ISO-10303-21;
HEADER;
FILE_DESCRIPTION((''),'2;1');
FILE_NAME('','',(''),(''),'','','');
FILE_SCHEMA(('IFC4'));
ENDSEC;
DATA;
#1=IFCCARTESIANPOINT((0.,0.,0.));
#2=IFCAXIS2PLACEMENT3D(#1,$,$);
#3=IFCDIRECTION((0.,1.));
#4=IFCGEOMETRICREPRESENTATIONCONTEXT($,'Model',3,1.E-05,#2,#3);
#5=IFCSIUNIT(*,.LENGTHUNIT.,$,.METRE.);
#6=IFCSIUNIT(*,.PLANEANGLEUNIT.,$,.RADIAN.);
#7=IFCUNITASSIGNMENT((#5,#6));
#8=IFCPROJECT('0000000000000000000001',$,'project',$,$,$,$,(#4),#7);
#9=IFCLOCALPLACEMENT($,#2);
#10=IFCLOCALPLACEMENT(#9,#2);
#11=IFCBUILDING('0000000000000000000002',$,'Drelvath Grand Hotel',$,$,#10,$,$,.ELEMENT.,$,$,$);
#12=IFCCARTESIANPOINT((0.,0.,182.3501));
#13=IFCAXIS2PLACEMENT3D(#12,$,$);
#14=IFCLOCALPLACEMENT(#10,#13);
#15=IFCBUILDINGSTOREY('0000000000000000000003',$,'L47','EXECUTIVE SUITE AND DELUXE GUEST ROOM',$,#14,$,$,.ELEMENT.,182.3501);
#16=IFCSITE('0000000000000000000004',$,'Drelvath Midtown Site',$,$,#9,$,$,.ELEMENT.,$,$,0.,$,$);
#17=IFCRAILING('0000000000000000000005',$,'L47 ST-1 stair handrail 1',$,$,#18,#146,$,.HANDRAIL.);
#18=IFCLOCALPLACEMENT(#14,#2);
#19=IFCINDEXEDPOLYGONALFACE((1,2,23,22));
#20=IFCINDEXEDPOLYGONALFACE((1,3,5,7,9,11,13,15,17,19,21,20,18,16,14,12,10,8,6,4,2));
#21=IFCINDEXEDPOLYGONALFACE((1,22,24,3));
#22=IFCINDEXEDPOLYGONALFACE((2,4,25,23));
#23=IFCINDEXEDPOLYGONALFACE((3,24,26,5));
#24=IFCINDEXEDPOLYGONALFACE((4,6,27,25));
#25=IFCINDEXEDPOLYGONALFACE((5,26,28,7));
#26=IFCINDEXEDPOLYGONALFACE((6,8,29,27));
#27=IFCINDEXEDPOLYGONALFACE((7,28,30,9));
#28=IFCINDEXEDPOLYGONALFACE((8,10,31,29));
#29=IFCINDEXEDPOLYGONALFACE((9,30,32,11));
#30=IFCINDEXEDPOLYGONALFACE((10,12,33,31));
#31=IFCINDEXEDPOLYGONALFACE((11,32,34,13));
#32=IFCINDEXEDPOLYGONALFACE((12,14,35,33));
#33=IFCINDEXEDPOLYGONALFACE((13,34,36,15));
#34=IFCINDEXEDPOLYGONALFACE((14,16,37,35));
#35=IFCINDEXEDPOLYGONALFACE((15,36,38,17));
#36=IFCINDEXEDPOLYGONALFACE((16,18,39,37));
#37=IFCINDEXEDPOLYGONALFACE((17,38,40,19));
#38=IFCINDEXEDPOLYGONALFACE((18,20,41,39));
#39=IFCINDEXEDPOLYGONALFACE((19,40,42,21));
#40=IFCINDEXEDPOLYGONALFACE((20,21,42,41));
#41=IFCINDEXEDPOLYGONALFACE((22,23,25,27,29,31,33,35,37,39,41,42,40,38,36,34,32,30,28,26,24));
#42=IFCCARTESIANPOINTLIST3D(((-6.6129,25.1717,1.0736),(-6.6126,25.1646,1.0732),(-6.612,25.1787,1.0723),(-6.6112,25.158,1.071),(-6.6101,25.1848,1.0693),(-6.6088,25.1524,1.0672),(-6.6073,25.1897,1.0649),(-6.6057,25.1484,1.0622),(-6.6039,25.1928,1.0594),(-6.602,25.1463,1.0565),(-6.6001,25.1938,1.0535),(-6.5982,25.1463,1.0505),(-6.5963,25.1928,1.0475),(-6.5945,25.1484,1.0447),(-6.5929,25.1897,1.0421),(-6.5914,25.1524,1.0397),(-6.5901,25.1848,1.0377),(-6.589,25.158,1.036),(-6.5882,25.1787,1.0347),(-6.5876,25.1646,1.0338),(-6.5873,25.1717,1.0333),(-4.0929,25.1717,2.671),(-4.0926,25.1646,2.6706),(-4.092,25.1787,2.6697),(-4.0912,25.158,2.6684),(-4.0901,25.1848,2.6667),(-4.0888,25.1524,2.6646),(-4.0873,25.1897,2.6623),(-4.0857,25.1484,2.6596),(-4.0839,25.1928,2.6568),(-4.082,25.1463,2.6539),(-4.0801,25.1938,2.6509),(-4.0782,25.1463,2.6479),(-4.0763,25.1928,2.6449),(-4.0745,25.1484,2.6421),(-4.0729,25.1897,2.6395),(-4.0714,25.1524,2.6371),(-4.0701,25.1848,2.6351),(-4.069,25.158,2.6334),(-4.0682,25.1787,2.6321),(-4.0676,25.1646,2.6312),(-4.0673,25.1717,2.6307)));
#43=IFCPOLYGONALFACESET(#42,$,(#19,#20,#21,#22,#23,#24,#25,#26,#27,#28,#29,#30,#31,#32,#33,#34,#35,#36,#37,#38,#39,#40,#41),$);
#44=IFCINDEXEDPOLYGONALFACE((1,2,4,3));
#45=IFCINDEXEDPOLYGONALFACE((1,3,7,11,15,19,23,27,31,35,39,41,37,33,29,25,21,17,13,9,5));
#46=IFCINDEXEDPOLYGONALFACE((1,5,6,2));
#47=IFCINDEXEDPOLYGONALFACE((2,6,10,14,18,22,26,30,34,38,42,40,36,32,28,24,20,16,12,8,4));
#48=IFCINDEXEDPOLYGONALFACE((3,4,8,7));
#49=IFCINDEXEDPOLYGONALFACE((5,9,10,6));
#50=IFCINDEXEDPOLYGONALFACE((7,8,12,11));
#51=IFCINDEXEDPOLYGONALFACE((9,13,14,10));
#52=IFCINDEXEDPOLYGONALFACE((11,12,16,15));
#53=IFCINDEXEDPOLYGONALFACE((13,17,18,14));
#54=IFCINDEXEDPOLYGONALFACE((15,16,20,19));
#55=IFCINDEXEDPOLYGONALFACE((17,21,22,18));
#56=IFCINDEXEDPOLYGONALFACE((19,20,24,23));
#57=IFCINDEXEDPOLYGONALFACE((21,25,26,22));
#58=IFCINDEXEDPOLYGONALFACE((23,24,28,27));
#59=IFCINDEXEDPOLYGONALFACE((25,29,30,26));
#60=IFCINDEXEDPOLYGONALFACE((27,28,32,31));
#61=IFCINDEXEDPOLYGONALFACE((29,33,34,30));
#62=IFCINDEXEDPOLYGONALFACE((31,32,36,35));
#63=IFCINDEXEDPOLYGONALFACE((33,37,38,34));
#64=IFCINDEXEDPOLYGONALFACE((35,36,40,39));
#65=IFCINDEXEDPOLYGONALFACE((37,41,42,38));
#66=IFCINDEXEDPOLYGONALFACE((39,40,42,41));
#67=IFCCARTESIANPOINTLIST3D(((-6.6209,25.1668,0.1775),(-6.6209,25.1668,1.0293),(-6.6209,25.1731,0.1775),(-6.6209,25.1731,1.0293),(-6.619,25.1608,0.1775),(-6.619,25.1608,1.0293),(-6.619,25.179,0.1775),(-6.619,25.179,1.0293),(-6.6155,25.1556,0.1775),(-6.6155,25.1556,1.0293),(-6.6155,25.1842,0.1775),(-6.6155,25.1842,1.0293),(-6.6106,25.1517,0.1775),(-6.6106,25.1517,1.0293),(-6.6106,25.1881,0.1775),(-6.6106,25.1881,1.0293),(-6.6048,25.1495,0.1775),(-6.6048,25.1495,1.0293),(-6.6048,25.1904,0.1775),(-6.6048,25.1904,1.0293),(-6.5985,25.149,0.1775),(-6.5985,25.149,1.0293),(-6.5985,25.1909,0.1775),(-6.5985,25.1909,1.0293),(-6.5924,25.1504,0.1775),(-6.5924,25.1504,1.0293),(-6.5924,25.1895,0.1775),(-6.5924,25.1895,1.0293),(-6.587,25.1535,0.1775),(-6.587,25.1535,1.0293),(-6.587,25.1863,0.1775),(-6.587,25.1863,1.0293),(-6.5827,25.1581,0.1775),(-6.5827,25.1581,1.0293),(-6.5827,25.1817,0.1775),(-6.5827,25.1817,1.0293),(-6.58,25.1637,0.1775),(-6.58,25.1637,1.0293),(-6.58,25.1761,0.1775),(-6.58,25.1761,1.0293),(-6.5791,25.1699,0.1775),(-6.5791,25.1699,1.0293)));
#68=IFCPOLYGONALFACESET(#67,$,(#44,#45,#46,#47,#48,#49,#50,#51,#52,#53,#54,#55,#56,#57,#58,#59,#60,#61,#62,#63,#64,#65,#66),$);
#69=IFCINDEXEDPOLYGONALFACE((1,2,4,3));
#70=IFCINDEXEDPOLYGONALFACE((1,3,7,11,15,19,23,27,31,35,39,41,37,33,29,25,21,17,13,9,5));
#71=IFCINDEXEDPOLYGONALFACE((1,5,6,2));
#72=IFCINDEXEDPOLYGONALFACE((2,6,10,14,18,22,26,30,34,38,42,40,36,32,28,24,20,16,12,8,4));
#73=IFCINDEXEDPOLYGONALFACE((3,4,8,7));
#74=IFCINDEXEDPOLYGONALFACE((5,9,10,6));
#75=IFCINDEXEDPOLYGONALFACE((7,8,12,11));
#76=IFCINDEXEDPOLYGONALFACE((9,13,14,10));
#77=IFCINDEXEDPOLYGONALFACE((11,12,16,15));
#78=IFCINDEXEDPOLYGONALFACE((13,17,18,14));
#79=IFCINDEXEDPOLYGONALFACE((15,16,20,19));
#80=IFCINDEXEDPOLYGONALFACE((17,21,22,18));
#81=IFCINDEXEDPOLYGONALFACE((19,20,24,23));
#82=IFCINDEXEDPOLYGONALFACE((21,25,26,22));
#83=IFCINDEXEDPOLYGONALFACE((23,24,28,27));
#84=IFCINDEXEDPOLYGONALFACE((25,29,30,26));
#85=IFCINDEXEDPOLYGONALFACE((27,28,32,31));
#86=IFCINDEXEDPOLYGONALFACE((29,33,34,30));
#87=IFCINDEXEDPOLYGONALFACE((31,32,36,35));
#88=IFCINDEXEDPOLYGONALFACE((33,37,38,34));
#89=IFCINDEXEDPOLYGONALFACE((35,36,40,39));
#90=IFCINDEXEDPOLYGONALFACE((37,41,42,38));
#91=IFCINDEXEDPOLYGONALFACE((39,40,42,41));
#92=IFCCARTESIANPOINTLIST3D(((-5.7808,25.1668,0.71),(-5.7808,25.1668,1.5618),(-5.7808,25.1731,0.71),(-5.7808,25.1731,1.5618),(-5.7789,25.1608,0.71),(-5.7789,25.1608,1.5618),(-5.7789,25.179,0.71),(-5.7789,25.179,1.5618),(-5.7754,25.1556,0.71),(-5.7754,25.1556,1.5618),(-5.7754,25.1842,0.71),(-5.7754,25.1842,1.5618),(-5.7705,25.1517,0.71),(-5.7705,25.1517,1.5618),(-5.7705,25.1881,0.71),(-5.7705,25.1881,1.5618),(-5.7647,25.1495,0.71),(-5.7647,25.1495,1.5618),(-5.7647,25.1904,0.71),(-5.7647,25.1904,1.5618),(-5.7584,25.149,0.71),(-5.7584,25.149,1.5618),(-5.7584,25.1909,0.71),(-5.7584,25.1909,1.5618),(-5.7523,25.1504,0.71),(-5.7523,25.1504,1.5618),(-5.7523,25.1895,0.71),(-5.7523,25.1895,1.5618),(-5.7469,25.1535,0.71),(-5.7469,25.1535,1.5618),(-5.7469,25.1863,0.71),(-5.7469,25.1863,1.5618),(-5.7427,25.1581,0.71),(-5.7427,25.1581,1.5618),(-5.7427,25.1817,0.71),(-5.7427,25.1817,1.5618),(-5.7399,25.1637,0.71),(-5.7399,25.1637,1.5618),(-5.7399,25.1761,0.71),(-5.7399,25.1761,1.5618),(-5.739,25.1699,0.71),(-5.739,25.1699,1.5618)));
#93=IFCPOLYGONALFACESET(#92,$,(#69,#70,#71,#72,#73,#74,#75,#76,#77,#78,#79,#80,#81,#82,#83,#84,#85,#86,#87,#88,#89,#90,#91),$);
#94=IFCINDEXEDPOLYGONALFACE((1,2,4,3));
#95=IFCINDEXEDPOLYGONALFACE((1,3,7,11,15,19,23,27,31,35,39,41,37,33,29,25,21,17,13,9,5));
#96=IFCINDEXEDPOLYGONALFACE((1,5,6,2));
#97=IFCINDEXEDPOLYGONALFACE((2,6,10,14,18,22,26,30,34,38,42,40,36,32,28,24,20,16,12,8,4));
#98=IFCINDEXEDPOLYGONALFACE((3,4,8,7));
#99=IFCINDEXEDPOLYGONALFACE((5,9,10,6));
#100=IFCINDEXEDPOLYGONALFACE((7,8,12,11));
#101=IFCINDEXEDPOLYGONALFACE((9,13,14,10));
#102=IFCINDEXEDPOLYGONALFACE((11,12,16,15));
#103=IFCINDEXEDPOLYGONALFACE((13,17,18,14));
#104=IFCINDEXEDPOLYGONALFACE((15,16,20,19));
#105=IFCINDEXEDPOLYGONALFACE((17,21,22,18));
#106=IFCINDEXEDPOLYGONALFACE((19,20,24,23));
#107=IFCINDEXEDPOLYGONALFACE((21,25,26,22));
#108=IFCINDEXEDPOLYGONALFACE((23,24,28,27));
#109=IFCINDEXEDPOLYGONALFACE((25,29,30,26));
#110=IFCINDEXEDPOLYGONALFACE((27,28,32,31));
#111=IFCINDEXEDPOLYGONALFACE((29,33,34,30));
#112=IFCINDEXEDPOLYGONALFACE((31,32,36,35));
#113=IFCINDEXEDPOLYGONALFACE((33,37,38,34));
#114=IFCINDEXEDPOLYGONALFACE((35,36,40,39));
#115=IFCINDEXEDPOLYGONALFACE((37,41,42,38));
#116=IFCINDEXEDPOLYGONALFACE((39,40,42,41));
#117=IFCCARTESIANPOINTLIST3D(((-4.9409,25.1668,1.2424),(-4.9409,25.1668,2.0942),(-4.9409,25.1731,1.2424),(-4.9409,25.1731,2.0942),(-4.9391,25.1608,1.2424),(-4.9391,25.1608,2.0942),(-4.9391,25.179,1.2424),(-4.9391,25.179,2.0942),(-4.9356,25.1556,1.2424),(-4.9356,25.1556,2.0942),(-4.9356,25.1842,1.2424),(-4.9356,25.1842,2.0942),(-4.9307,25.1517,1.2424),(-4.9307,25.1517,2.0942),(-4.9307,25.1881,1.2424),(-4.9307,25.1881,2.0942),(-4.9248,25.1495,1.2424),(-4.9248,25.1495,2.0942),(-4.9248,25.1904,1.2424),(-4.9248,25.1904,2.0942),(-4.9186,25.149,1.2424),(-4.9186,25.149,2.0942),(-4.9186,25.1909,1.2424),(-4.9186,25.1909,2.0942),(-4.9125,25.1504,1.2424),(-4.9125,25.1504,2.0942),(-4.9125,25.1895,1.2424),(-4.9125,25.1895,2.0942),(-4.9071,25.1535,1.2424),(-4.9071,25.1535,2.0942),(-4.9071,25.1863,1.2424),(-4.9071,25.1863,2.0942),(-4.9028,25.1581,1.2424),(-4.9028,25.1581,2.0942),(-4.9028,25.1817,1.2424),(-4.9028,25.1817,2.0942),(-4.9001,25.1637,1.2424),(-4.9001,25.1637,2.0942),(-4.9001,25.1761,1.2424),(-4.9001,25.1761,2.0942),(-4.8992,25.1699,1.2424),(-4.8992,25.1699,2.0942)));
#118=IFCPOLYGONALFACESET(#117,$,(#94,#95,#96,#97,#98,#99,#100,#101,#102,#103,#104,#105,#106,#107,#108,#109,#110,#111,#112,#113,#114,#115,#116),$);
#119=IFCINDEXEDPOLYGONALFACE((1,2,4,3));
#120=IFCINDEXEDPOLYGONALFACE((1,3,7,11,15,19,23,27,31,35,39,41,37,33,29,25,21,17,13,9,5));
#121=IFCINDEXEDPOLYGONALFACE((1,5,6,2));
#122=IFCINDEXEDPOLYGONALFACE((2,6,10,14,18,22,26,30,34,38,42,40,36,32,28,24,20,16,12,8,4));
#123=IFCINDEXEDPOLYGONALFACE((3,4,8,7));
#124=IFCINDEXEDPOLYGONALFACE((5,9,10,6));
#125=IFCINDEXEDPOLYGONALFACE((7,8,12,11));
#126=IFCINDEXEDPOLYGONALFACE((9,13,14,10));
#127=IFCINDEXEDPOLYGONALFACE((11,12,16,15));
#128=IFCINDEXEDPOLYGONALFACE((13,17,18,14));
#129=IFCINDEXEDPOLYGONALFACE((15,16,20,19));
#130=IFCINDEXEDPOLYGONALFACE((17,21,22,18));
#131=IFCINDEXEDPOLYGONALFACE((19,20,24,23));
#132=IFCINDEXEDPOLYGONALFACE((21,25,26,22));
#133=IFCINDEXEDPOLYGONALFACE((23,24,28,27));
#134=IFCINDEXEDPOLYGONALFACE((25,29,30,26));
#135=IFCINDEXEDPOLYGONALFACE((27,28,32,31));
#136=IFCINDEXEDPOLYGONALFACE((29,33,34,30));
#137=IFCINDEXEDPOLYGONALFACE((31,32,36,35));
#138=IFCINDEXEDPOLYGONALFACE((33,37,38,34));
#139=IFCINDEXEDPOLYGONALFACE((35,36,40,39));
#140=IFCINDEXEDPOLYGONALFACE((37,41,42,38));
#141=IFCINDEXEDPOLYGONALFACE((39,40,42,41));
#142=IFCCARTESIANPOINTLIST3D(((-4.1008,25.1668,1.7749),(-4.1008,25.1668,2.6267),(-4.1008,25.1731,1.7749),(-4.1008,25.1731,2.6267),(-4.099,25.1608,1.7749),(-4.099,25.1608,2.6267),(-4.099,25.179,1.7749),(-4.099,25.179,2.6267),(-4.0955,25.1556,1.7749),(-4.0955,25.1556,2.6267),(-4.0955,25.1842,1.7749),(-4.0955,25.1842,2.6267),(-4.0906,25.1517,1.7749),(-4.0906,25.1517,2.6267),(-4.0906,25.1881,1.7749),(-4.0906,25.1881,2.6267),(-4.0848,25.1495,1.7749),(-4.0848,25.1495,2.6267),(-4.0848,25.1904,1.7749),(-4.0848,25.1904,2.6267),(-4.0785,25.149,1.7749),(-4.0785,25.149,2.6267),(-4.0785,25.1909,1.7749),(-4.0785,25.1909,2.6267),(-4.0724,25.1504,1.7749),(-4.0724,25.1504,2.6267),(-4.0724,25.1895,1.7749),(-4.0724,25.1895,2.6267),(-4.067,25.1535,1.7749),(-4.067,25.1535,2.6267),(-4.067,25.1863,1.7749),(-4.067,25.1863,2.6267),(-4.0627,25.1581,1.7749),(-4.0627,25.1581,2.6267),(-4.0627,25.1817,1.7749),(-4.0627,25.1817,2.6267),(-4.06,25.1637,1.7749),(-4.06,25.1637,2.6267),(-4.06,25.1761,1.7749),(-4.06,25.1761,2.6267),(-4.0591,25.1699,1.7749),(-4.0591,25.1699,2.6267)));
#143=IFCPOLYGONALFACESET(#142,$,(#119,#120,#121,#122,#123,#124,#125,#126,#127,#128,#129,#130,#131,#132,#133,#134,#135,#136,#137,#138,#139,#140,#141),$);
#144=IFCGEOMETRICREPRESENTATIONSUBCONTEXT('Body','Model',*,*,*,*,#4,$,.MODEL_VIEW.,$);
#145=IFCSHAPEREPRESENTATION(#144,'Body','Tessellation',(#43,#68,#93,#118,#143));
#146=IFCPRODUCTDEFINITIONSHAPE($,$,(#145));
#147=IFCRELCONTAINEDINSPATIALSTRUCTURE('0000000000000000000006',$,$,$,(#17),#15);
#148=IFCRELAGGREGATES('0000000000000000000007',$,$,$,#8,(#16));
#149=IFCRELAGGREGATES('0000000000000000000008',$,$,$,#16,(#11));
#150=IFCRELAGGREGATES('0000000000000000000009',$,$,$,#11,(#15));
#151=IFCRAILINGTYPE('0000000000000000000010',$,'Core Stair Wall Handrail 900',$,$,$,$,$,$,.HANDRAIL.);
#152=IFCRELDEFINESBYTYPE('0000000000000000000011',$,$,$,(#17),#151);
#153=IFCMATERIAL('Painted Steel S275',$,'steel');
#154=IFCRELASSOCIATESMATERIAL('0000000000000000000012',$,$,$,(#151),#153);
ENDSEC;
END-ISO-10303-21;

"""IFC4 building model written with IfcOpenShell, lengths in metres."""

from ifc_helpers import new_model, si_unit, direction, frame, origin, origin_2d, place, context, subcontext, project, spatial, circle, extrude, material, type_object, element, save


model = new_model("IFC4")

# Units and contexts
model_context = context("Model", 3, precision=1e-05, world=origin(), true_north=direction((0.0, 1.0)))
body_context = subcontext(model_context, "Body", "Model", "MODEL_VIEW")
ifc_project = project(units=[si_unit("LENGTHUNIT", "METRE"), si_unit("PLANEANGLEUNIT", "RADIAN")], contexts=[model_context])

# Site, building, storey
site_placement = place(None, origin())
site = spatial("IfcSite", under=ifc_project, at=site_placement, Name="Drelvath Midtown Site", CompositionType="ELEMENT", RefElevation=0.0)
building_placement = place(site_placement, origin())
building = spatial("IfcBuilding", under=site, at=building_placement, Name="Drelvath Grand Hotel", CompositionType="ELEMENT")
storey_placement = place(building_placement, frame((0.0, 0.0, 182.3501)))
storey = spatial("IfcBuildingStorey", under=building, at=storey_placement, Name="L47", Description="EXECUTIVE SUITE AND DELUXE GUEST ROOM", CompositionType="ELEMENT", Elevation=182.3501)

# Shared definitions
ifc_material_1 = material(Name="Painted Steel S275", Category="steel")

# Railing
railing_type_1 = type_object("IfcRailingType", Name="Core Stair Wall Handrail 900", PredefinedType="HANDRAIL", material=ifc_material_1)
railing_1_placement = place(storey_placement, frame((-6.6001, 25.1699, 0.1775)))
element("IfcRailing", 1, at=railing_1_placement, inside=storey, type_object=railing_type_1, Name="L47 ST-1 stair handrail 1", PredefinedType="HANDRAIL", context=body_context, shape_type="SweptSolid", body=[
    extrude(circle(Radius=0.0239, at=origin_2d()), frame((0.0, 0.0, 0.876), z_axis=(0.844607, 0.0, 0.535387), x_axis=(0.0, 1.0, 0.0)), (0.0, 0.0, 1.0), 2.9836),
    extrude(circle(Radius=0.021, at=origin_2d()), origin(), (0.0, 0.0, 1.0), 0.8518),
    extrude(circle(Radius=0.021, at=origin_2d()), frame((0.8401, 0.0, 0.5325)), (0.0, 0.0, 1.0), 0.8518),
    extrude(circle(Radius=0.021, at=origin_2d()), frame((1.6799, 0.0, 1.0649)), (0.0, 0.0, 1.0), 0.8518),
    extrude(circle(Radius=0.021, at=origin_2d()), frame((2.52, 0.0, 1.5974)), (0.0, 0.0, 1.0), 0.8518),
])

save(model, "model.ifc")
